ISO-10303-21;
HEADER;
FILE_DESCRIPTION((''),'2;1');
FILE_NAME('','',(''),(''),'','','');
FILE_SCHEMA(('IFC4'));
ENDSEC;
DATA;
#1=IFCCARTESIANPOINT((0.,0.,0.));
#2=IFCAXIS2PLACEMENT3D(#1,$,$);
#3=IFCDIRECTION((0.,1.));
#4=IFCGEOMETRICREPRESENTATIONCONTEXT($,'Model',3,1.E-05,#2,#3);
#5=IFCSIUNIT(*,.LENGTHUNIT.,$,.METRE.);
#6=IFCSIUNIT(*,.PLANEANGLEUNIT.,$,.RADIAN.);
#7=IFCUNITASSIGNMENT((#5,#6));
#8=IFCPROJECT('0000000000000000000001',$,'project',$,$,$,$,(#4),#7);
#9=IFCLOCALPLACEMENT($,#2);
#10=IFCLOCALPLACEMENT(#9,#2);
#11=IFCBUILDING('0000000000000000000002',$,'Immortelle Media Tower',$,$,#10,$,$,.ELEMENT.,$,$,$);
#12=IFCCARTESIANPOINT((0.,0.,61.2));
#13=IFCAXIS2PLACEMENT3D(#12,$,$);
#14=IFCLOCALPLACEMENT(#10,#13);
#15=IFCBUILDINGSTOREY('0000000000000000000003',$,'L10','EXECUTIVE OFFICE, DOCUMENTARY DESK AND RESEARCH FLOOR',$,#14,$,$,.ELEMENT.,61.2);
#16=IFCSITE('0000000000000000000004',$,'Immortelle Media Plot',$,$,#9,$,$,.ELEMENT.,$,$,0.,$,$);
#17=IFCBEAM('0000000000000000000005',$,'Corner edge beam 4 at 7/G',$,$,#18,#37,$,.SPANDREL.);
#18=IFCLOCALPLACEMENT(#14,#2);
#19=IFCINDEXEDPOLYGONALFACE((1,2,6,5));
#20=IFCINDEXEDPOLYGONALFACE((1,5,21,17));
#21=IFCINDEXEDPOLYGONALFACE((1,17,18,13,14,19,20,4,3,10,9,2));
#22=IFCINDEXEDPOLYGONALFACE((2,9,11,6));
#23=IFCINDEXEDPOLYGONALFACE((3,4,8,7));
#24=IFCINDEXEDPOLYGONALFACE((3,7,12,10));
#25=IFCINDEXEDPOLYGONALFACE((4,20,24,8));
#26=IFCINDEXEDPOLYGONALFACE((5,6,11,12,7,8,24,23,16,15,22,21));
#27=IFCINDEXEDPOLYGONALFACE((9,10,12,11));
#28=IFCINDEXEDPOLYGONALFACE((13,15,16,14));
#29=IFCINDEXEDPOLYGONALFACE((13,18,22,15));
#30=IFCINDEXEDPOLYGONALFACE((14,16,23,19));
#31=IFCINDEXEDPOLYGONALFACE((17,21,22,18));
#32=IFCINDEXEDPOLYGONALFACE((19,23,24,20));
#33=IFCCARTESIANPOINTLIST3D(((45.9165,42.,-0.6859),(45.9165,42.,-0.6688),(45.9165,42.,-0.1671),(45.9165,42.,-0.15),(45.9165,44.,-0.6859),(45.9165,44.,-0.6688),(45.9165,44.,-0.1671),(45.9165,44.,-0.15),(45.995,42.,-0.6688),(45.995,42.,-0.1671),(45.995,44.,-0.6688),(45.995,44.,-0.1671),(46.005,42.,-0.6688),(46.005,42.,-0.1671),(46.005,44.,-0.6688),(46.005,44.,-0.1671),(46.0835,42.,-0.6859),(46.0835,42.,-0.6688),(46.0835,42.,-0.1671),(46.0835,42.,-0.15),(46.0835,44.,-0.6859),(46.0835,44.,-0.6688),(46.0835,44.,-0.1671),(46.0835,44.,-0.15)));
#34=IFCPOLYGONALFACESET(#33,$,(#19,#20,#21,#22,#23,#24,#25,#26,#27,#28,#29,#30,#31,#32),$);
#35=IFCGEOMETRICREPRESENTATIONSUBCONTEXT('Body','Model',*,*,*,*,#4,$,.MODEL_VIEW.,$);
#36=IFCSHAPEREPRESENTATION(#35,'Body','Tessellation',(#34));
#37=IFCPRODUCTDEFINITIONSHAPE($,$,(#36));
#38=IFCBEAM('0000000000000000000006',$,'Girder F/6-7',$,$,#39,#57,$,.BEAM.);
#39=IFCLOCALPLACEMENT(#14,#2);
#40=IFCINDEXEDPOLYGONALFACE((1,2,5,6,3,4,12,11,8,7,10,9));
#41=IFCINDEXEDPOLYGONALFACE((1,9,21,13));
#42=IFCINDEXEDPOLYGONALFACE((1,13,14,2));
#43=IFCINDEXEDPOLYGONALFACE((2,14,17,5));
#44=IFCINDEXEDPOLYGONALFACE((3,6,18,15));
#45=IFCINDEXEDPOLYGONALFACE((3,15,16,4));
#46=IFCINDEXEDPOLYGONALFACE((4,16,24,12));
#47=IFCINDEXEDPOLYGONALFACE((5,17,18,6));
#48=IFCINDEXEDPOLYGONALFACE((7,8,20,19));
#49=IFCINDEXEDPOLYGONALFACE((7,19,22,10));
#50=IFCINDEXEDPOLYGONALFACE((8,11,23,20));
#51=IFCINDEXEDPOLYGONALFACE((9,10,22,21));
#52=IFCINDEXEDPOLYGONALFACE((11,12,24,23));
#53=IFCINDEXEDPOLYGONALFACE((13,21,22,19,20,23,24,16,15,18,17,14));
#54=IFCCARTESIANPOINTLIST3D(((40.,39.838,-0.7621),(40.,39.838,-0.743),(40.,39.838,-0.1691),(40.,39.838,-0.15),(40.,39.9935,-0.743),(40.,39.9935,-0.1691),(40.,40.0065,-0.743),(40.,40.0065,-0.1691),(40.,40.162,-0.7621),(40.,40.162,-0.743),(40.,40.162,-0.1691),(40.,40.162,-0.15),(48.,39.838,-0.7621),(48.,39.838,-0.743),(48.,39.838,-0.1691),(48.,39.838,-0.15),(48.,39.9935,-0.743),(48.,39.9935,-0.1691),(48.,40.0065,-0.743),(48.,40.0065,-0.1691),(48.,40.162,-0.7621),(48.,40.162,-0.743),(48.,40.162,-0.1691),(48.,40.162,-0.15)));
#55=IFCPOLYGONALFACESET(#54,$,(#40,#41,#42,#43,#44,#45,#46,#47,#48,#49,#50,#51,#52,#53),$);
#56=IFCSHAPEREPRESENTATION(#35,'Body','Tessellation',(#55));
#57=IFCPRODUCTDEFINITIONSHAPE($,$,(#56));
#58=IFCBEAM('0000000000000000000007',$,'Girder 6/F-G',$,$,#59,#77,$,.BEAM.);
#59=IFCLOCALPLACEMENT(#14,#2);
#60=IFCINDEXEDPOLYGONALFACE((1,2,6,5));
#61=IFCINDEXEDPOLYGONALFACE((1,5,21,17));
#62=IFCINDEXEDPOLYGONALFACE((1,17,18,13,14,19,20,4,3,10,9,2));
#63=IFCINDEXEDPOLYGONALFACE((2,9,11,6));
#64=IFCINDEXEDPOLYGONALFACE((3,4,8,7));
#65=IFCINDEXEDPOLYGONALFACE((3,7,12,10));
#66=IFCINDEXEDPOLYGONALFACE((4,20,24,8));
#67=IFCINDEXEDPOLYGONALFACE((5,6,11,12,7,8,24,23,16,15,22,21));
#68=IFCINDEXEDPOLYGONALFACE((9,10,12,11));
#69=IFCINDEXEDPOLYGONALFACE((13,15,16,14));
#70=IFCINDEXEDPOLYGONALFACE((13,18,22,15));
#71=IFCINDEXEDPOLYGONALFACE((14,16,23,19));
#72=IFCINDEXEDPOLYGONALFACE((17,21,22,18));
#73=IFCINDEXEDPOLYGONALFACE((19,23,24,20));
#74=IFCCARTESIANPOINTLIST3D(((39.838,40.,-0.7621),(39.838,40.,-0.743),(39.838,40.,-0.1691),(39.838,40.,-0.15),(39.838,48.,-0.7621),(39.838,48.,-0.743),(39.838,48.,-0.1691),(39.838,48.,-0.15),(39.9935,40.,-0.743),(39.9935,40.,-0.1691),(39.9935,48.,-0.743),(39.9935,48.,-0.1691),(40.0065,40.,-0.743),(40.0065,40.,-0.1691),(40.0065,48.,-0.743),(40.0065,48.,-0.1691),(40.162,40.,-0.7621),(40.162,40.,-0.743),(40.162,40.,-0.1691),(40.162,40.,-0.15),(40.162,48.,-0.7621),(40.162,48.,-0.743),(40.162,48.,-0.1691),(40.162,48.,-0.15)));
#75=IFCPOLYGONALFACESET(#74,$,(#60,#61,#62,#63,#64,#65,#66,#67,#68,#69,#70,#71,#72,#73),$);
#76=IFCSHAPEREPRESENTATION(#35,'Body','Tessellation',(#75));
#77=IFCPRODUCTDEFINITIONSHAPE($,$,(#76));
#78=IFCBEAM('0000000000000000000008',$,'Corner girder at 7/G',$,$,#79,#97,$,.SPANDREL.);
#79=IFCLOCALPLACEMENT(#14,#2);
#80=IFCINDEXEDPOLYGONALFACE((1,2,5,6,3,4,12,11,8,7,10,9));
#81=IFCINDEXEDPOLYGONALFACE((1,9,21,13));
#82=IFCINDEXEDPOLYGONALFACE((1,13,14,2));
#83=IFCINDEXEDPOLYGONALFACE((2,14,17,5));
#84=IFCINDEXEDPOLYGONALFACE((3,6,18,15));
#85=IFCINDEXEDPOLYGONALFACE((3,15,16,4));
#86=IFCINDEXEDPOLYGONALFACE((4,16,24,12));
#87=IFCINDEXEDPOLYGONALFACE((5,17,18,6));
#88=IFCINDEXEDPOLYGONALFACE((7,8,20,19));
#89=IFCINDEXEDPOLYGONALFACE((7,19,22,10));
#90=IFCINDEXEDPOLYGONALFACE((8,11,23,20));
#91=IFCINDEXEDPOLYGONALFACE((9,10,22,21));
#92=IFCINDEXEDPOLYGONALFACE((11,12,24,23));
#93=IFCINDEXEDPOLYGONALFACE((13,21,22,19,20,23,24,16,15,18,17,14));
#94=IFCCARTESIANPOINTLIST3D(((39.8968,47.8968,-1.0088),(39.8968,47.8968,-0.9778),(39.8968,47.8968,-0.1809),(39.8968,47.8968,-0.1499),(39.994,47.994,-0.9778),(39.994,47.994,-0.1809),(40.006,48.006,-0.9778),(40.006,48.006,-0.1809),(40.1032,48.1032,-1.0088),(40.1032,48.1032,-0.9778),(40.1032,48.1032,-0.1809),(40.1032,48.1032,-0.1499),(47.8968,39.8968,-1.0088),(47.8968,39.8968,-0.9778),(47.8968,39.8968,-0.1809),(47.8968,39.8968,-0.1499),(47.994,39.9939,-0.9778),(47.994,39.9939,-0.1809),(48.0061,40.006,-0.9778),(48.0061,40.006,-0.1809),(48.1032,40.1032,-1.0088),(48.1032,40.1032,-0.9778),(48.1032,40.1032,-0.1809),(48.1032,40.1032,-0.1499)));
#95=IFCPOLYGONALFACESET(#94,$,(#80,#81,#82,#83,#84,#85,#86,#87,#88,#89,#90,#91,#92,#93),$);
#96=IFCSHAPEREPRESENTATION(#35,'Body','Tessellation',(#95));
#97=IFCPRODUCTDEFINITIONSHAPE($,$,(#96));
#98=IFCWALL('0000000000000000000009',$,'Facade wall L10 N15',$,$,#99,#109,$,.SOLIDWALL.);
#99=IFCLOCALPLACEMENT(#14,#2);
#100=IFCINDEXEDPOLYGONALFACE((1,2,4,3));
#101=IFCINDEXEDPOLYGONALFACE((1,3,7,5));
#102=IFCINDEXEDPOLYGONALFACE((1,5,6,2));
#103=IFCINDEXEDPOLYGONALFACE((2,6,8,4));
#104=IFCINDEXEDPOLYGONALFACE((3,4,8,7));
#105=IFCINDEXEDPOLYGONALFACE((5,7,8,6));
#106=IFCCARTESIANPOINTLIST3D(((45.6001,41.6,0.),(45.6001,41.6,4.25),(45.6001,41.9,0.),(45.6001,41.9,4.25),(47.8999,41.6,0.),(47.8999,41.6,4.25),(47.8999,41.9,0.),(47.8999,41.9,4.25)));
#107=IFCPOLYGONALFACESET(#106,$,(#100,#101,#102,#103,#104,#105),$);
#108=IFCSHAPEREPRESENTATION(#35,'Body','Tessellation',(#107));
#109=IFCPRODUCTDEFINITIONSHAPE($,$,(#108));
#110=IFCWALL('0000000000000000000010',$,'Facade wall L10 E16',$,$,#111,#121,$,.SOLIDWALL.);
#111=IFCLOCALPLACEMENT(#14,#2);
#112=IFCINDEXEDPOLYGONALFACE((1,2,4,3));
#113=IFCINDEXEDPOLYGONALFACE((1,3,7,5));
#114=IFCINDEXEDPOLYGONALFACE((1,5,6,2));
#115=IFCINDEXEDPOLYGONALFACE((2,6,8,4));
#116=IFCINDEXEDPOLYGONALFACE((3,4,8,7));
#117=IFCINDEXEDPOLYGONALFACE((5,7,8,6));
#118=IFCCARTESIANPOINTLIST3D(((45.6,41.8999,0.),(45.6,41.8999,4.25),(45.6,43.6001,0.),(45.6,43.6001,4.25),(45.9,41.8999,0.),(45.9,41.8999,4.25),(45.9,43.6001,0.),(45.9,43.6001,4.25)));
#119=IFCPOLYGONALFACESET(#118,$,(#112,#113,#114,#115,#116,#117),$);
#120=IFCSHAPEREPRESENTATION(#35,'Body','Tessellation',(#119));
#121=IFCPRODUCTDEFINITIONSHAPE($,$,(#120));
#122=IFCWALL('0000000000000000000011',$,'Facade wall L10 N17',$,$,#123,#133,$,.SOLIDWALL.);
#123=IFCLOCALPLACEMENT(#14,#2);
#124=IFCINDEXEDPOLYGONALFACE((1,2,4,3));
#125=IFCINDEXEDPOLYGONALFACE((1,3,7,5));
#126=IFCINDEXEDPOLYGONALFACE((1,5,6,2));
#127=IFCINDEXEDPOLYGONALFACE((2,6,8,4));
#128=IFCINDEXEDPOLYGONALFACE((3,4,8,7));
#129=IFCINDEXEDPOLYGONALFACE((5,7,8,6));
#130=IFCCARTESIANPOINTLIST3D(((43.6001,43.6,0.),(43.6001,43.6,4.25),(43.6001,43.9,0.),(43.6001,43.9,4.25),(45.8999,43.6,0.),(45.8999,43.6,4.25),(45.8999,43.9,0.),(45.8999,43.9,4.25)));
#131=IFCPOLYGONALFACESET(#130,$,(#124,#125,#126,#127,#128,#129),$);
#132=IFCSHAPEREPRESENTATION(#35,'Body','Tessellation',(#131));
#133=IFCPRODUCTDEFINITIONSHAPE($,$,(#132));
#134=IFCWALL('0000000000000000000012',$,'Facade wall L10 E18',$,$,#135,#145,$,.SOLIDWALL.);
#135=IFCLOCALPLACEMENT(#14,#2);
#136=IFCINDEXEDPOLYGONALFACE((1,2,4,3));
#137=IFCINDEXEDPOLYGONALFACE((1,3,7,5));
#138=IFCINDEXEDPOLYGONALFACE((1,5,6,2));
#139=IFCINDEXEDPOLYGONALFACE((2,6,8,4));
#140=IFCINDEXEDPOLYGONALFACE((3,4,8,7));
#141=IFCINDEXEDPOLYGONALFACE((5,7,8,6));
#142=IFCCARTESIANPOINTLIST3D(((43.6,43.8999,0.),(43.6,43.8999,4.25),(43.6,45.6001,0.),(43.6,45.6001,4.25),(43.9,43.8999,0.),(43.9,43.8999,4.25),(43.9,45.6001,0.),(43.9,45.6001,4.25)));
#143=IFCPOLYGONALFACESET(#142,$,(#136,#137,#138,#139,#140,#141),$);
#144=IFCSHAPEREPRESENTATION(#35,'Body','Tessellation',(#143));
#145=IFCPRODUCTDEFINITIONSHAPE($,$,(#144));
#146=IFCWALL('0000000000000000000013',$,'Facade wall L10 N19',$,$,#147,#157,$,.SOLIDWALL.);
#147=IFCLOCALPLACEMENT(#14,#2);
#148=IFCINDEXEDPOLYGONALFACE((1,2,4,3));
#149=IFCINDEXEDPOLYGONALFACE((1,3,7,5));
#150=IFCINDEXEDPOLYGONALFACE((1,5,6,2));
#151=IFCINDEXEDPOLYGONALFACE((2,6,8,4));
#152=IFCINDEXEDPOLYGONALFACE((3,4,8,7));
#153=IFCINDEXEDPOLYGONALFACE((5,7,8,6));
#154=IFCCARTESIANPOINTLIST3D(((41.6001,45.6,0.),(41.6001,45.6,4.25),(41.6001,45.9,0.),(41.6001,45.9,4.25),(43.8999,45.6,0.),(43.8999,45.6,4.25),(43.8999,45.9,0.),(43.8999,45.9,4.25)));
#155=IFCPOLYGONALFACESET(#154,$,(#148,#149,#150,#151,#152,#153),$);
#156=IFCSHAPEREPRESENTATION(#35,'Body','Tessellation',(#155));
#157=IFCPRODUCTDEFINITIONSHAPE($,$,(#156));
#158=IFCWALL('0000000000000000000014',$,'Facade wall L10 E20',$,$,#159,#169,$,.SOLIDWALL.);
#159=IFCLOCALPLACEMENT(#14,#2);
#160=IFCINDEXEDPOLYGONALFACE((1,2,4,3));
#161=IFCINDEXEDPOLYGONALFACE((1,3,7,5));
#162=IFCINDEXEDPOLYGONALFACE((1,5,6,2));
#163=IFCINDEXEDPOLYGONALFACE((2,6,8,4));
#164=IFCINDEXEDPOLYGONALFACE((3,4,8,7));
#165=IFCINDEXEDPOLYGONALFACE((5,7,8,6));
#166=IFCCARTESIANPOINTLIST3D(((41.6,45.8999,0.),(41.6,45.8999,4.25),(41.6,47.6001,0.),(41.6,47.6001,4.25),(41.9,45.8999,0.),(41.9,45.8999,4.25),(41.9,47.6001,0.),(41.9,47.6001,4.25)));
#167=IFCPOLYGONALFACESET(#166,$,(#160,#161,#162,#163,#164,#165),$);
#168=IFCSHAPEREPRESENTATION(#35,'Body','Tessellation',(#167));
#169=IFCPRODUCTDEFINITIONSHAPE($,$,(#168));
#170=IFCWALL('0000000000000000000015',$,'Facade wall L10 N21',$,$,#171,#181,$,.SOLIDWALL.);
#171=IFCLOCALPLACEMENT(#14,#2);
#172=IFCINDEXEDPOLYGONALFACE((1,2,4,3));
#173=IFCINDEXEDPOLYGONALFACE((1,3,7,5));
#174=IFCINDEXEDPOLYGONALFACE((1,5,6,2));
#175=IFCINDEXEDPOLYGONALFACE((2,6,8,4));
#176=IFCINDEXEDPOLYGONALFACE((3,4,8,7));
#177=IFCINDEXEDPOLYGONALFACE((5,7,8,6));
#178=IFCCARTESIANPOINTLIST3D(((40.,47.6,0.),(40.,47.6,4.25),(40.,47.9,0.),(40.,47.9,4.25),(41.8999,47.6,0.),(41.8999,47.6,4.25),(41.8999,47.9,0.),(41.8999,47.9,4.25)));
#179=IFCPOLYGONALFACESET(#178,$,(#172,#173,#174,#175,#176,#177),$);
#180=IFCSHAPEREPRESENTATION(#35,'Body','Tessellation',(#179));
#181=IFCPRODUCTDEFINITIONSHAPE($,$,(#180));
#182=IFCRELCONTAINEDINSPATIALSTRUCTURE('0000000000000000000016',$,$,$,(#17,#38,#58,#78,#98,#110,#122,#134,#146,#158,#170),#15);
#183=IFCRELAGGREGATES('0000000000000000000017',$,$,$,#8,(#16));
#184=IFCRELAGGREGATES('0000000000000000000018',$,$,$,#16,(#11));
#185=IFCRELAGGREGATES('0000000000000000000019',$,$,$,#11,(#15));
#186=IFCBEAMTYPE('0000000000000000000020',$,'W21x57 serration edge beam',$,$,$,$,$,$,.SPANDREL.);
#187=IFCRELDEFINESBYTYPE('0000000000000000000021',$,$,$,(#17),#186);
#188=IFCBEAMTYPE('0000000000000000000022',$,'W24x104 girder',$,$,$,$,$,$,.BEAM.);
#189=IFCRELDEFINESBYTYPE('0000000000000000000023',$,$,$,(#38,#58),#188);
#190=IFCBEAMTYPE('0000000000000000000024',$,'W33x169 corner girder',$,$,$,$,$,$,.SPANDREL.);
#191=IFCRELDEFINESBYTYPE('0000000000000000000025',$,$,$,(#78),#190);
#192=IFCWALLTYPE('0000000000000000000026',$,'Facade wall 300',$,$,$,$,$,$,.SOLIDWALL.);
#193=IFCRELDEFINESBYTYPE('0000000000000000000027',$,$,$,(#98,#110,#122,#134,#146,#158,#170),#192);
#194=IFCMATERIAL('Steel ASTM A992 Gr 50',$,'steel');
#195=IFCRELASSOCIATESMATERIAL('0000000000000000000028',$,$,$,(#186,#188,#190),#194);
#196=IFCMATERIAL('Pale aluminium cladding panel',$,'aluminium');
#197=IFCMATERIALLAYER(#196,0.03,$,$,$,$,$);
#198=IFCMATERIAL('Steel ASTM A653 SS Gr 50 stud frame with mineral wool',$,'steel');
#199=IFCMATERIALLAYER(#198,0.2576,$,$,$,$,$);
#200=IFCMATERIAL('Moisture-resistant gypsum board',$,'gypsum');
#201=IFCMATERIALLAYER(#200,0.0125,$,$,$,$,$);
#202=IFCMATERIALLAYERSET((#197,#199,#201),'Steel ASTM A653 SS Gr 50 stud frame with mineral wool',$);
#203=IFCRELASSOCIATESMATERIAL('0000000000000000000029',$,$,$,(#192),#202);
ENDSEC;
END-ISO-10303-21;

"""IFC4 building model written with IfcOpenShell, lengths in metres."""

from ifc_helpers import new_model, si_unit, direction, frame, frame_2d, origin, origin_2d, place, context, subcontext, project, spatial, rectangle, i_section, extrude, material, layer, layer_set, material_profile, profile_set, type_object, element, save


model = new_model("IFC4")

# Units and contexts
model_context = context("Model", 3, precision=1e-05, world=origin(), true_north=direction((0.0, 1.0)))
body_context = subcontext(model_context, "Body", "Model", "MODEL_VIEW")
ifc_project = project(units=[si_unit("LENGTHUNIT", "METRE"), si_unit("PLANEANGLEUNIT", "RADIAN")], contexts=[model_context])

# Site, building, storey
site_placement = place(None, origin())
site = spatial("IfcSite", under=ifc_project, at=site_placement, Name="Immortelle Media Plot", CompositionType="ELEMENT", RefElevation=0.0)
building_placement = place(site_placement, origin())
building = spatial("IfcBuilding", under=site, at=building_placement, Name="Immortelle Media Tower", CompositionType="ELEMENT")
storey_placement = place(building_placement, frame((0.0, 0.0, 61.2)))
storey = spatial("IfcBuildingStorey", under=building, at=storey_placement, Name="L10", Description="EXECUTIVE OFFICE, DOCUMENTARY DESK AND RESEARCH FLOOR", CompositionType="ELEMENT", Elevation=61.2)

# Shared definitions
ifc_material_1 = material(Name="Steel ASTM A992 Gr 50", Category="steel")

# Beams
ifc_material_profile_1 = material_profile(ifc_material_1, i_section(OverallWidth=0.167, OverallDepth=0.5359, WebThickness=0.01, FlangeThickness=0.0171, at=origin_2d()), Name="W21x57")
ifc_profile_set_1 = profile_set([ifc_material_profile_1], Name="Steel ASTM A992 Gr 50")
beam_type_1 = type_object("IfcBeamType", Name="W21x57 serration edge beam", PredefinedType="SPANDREL", material=ifc_profile_set_1)
for number, where, z_axis, x_axis, name in (
    (1, (46.0, 44.0, -0.418), (0.0, -1.0, 0.0), (1.0, 0.0, 0.0), "Corner edge beam 4 at 7/G"),
):
    element("IfcBeam", number, at=place(storey_placement, frame(where, z_axis=z_axis, x_axis=x_axis)), inside=storey, type_object=beam_type_1, Name=name, PredefinedType="SPANDREL", context=body_context, shape_type="SweptSolid", body=[
        extrude(i_section(OverallWidth=0.167, OverallDepth=0.5359, WebThickness=0.01, FlangeThickness=0.0171, at=origin_2d()), origin(), (0.0, 0.0, 1.0), 2.0),
    ])
ifc_material_profile_2 = material_profile(ifc_material_1, i_section(OverallWidth=0.324, OverallDepth=0.6121, WebThickness=0.0129, FlangeThickness=0.019, at=origin_2d()), Name="W24x104")
ifc_profile_set_2 = profile_set([ifc_material_profile_2], Name="Steel ASTM A992 Gr 50")
beam_type_2 = type_object("IfcBeamType", Name="W24x104 girder", PredefinedType="BEAM", material=ifc_profile_set_2)
for number, where, z_axis, x_axis, name in (
    (2, (40.0, 40.0, -0.4561), (1.0, 0.0, 0.0), (0.0, 1.0, 0.0), "Girder F/6-7"),
    (3, (40.0, 40.0, -0.4561), (0.0, 1.0, 0.0), (-1.0, 0.0, 0.0), "Girder 6/F-G"),
):
    element("IfcBeam", number, at=place(storey_placement, frame(where, z_axis=z_axis, x_axis=x_axis)), inside=storey, type_object=beam_type_2, Name=name, PredefinedType="BEAM", context=body_context, shape_type="SweptSolid", body=[
        extrude(i_section(OverallWidth=0.324, OverallDepth=0.6121, WebThickness=0.0129, FlangeThickness=0.019, at=origin_2d()), origin(), (0.0, 0.0, 1.0), 8.0),
    ])
ifc_material_profile_3 = material_profile(ifc_material_1, i_section(OverallWidth=0.292, OverallDepth=0.8589, WebThickness=0.0171, FlangeThickness=0.031, at=origin_2d()), Name="W33x169")
ifc_profile_set_3 = profile_set([ifc_material_profile_3], Name="Steel ASTM A992 Gr 50")
beam_type_3 = type_object("IfcBeamType", Name="W33x169 corner girder", PredefinedType="SPANDREL", material=ifc_profile_set_3)
beam_1_placement = place(storey_placement, frame((40.0, 48.0, -0.5793), z_axis=(0.707107, -0.707107, 0.0), x_axis=(0.707107, 0.707107, 0.0)))
element("IfcBeam", 4, at=beam_1_placement, inside=storey, type_object=beam_type_3, Name="Corner girder at 7/G", PredefinedType="SPANDREL", context=body_context, shape_type="SweptSolid", body=[
    extrude(i_section(OverallWidth=0.292, OverallDepth=0.8589, WebThickness=0.0171, FlangeThickness=0.031, at=origin_2d()), origin(), (0.0, 0.0, 1.0), 11.3137),
])

# Walls
ifc_material_2 = material(Name="Pale aluminium cladding panel", Category="aluminium")
ifc_layer_1 = layer(ifc_material_2, 0.03)
ifc_material_3 = material(Name="Steel ASTM A653 SS Gr 50 stud frame with mineral wool", Category="steel")
ifc_layer_2 = layer(ifc_material_3, 0.2576)
ifc_material_4 = material(Name="Moisture-resistant gypsum board", Category="gypsum")
ifc_layer_3 = layer(ifc_material_4, 0.0125)
ifc_layer_set_1 = layer_set([ifc_layer_1, ifc_layer_2, ifc_layer_3], Name="Steel ASTM A653 SS Gr 50 stud frame with mineral wool")
wall_type_1 = type_object("IfcWallType", Name="Facade wall 300", PredefinedType="SOLIDWALL", material=ifc_layer_set_1)
wall_1_placement = place(storey_placement, frame((47.8999, 41.75, 0.0), z_axis=(0.0, 0.0, 1.0), x_axis=(-1.0, 0.0, 0.0)))
element("IfcWall", 5, at=wall_1_placement, inside=storey, type_object=wall_type_1, Name="Facade wall L10 N15", PredefinedType="SOLIDWALL", context=body_context, shape_type="SweptSolid", body=[
    extrude(rectangle(XDim=2.2998, YDim=0.3, at=frame_2d((1.1499, 0.0))), origin(), (0.0, 0.0, 1.0), 4.25),
])
wall_2_placement = place(storey_placement, frame((45.75, 41.8999, 0.0), z_axis=(0.0, 0.0, 1.0), x_axis=(0.0, 1.0, 0.0)))
element("IfcWall", 6, at=wall_2_placement, inside=storey, type_object=wall_type_1, Name="Facade wall L10 E16", PredefinedType="SOLIDWALL", context=body_context, shape_type="SweptSolid", body=[
    extrude(rectangle(XDim=1.7002, YDim=0.3, at=frame_2d((0.8501, 0.0))), origin(), (0.0, 0.0, 1.0), 4.25),
])
wall_3_placement = place(storey_placement, frame((45.8999, 43.75, 0.0), z_axis=(0.0, 0.0, 1.0), x_axis=(-1.0, 0.0, 0.0)))
element("IfcWall", 7, at=wall_3_placement, inside=storey, type_object=wall_type_1, Name="Facade wall L10 N17", PredefinedType="SOLIDWALL", context=body_context, shape_type="SweptSolid", body=[
    extrude(rectangle(XDim=2.2998, YDim=0.3, at=frame_2d((1.1499, 0.0))), origin(), (0.0, 0.0, 1.0), 4.25),
])
wall_4_placement = place(storey_placement, frame((43.75, 43.8999, 0.0), z_axis=(0.0, 0.0, 1.0), x_axis=(0.0, 1.0, 0.0)))
element("IfcWall", 8, at=wall_4_placement, inside=storey, type_object=wall_type_1, Name="Facade wall L10 E18", PredefinedType="SOLIDWALL", context=body_context, shape_type="SweptSolid", body=[
    extrude(rectangle(XDim=1.7002, YDim=0.3, at=frame_2d((0.8501, 0.0))), origin(), (0.0, 0.0, 1.0), 4.25),
])
wall_5_placement = place(storey_placement, frame((43.8999, 45.75, 0.0), z_axis=(0.0, 0.0, 1.0), x_axis=(-1.0, 0.0, 0.0)))
element("IfcWall", 9, at=wall_5_placement, inside=storey, type_object=wall_type_1, Name="Facade wall L10 N19", PredefinedType="SOLIDWALL", context=body_context, shape_type="SweptSolid", body=[
    extrude(rectangle(XDim=2.2998, YDim=0.3, at=frame_2d((1.1499, 0.0))), origin(), (0.0, 0.0, 1.0), 4.25),
])
wall_6_placement = place(storey_placement, frame((41.75, 45.8999, 0.0), z_axis=(0.0, 0.0, 1.0), x_axis=(0.0, 1.0, 0.0)))
element("IfcWall", 10, at=wall_6_placement, inside=storey, type_object=wall_type_1, Name="Facade wall L10 E20", PredefinedType="SOLIDWALL", context=body_context, shape_type="SweptSolid", body=[
    extrude(rectangle(XDim=1.7002, YDim=0.3, at=frame_2d((0.8501, 0.0))), origin(), (0.0, 0.0, 1.0), 4.25),
])
wall_7_placement = place(storey_placement, frame((41.8999, 47.75, 0.0), z_axis=(0.0, 0.0, 1.0), x_axis=(-1.0, 0.0, 0.0)))
element("IfcWall", 11, at=wall_7_placement, inside=storey, type_object=wall_type_1, Name="Facade wall L10 N21", PredefinedType="SOLIDWALL", context=body_context, shape_type="SweptSolid", body=[
    extrude(rectangle(XDim=1.8999, YDim=0.3, at=frame_2d((0.95, 0.0))), origin(), (0.0, 0.0, 1.0), 4.25),
])

save(model, "model.ifc")
